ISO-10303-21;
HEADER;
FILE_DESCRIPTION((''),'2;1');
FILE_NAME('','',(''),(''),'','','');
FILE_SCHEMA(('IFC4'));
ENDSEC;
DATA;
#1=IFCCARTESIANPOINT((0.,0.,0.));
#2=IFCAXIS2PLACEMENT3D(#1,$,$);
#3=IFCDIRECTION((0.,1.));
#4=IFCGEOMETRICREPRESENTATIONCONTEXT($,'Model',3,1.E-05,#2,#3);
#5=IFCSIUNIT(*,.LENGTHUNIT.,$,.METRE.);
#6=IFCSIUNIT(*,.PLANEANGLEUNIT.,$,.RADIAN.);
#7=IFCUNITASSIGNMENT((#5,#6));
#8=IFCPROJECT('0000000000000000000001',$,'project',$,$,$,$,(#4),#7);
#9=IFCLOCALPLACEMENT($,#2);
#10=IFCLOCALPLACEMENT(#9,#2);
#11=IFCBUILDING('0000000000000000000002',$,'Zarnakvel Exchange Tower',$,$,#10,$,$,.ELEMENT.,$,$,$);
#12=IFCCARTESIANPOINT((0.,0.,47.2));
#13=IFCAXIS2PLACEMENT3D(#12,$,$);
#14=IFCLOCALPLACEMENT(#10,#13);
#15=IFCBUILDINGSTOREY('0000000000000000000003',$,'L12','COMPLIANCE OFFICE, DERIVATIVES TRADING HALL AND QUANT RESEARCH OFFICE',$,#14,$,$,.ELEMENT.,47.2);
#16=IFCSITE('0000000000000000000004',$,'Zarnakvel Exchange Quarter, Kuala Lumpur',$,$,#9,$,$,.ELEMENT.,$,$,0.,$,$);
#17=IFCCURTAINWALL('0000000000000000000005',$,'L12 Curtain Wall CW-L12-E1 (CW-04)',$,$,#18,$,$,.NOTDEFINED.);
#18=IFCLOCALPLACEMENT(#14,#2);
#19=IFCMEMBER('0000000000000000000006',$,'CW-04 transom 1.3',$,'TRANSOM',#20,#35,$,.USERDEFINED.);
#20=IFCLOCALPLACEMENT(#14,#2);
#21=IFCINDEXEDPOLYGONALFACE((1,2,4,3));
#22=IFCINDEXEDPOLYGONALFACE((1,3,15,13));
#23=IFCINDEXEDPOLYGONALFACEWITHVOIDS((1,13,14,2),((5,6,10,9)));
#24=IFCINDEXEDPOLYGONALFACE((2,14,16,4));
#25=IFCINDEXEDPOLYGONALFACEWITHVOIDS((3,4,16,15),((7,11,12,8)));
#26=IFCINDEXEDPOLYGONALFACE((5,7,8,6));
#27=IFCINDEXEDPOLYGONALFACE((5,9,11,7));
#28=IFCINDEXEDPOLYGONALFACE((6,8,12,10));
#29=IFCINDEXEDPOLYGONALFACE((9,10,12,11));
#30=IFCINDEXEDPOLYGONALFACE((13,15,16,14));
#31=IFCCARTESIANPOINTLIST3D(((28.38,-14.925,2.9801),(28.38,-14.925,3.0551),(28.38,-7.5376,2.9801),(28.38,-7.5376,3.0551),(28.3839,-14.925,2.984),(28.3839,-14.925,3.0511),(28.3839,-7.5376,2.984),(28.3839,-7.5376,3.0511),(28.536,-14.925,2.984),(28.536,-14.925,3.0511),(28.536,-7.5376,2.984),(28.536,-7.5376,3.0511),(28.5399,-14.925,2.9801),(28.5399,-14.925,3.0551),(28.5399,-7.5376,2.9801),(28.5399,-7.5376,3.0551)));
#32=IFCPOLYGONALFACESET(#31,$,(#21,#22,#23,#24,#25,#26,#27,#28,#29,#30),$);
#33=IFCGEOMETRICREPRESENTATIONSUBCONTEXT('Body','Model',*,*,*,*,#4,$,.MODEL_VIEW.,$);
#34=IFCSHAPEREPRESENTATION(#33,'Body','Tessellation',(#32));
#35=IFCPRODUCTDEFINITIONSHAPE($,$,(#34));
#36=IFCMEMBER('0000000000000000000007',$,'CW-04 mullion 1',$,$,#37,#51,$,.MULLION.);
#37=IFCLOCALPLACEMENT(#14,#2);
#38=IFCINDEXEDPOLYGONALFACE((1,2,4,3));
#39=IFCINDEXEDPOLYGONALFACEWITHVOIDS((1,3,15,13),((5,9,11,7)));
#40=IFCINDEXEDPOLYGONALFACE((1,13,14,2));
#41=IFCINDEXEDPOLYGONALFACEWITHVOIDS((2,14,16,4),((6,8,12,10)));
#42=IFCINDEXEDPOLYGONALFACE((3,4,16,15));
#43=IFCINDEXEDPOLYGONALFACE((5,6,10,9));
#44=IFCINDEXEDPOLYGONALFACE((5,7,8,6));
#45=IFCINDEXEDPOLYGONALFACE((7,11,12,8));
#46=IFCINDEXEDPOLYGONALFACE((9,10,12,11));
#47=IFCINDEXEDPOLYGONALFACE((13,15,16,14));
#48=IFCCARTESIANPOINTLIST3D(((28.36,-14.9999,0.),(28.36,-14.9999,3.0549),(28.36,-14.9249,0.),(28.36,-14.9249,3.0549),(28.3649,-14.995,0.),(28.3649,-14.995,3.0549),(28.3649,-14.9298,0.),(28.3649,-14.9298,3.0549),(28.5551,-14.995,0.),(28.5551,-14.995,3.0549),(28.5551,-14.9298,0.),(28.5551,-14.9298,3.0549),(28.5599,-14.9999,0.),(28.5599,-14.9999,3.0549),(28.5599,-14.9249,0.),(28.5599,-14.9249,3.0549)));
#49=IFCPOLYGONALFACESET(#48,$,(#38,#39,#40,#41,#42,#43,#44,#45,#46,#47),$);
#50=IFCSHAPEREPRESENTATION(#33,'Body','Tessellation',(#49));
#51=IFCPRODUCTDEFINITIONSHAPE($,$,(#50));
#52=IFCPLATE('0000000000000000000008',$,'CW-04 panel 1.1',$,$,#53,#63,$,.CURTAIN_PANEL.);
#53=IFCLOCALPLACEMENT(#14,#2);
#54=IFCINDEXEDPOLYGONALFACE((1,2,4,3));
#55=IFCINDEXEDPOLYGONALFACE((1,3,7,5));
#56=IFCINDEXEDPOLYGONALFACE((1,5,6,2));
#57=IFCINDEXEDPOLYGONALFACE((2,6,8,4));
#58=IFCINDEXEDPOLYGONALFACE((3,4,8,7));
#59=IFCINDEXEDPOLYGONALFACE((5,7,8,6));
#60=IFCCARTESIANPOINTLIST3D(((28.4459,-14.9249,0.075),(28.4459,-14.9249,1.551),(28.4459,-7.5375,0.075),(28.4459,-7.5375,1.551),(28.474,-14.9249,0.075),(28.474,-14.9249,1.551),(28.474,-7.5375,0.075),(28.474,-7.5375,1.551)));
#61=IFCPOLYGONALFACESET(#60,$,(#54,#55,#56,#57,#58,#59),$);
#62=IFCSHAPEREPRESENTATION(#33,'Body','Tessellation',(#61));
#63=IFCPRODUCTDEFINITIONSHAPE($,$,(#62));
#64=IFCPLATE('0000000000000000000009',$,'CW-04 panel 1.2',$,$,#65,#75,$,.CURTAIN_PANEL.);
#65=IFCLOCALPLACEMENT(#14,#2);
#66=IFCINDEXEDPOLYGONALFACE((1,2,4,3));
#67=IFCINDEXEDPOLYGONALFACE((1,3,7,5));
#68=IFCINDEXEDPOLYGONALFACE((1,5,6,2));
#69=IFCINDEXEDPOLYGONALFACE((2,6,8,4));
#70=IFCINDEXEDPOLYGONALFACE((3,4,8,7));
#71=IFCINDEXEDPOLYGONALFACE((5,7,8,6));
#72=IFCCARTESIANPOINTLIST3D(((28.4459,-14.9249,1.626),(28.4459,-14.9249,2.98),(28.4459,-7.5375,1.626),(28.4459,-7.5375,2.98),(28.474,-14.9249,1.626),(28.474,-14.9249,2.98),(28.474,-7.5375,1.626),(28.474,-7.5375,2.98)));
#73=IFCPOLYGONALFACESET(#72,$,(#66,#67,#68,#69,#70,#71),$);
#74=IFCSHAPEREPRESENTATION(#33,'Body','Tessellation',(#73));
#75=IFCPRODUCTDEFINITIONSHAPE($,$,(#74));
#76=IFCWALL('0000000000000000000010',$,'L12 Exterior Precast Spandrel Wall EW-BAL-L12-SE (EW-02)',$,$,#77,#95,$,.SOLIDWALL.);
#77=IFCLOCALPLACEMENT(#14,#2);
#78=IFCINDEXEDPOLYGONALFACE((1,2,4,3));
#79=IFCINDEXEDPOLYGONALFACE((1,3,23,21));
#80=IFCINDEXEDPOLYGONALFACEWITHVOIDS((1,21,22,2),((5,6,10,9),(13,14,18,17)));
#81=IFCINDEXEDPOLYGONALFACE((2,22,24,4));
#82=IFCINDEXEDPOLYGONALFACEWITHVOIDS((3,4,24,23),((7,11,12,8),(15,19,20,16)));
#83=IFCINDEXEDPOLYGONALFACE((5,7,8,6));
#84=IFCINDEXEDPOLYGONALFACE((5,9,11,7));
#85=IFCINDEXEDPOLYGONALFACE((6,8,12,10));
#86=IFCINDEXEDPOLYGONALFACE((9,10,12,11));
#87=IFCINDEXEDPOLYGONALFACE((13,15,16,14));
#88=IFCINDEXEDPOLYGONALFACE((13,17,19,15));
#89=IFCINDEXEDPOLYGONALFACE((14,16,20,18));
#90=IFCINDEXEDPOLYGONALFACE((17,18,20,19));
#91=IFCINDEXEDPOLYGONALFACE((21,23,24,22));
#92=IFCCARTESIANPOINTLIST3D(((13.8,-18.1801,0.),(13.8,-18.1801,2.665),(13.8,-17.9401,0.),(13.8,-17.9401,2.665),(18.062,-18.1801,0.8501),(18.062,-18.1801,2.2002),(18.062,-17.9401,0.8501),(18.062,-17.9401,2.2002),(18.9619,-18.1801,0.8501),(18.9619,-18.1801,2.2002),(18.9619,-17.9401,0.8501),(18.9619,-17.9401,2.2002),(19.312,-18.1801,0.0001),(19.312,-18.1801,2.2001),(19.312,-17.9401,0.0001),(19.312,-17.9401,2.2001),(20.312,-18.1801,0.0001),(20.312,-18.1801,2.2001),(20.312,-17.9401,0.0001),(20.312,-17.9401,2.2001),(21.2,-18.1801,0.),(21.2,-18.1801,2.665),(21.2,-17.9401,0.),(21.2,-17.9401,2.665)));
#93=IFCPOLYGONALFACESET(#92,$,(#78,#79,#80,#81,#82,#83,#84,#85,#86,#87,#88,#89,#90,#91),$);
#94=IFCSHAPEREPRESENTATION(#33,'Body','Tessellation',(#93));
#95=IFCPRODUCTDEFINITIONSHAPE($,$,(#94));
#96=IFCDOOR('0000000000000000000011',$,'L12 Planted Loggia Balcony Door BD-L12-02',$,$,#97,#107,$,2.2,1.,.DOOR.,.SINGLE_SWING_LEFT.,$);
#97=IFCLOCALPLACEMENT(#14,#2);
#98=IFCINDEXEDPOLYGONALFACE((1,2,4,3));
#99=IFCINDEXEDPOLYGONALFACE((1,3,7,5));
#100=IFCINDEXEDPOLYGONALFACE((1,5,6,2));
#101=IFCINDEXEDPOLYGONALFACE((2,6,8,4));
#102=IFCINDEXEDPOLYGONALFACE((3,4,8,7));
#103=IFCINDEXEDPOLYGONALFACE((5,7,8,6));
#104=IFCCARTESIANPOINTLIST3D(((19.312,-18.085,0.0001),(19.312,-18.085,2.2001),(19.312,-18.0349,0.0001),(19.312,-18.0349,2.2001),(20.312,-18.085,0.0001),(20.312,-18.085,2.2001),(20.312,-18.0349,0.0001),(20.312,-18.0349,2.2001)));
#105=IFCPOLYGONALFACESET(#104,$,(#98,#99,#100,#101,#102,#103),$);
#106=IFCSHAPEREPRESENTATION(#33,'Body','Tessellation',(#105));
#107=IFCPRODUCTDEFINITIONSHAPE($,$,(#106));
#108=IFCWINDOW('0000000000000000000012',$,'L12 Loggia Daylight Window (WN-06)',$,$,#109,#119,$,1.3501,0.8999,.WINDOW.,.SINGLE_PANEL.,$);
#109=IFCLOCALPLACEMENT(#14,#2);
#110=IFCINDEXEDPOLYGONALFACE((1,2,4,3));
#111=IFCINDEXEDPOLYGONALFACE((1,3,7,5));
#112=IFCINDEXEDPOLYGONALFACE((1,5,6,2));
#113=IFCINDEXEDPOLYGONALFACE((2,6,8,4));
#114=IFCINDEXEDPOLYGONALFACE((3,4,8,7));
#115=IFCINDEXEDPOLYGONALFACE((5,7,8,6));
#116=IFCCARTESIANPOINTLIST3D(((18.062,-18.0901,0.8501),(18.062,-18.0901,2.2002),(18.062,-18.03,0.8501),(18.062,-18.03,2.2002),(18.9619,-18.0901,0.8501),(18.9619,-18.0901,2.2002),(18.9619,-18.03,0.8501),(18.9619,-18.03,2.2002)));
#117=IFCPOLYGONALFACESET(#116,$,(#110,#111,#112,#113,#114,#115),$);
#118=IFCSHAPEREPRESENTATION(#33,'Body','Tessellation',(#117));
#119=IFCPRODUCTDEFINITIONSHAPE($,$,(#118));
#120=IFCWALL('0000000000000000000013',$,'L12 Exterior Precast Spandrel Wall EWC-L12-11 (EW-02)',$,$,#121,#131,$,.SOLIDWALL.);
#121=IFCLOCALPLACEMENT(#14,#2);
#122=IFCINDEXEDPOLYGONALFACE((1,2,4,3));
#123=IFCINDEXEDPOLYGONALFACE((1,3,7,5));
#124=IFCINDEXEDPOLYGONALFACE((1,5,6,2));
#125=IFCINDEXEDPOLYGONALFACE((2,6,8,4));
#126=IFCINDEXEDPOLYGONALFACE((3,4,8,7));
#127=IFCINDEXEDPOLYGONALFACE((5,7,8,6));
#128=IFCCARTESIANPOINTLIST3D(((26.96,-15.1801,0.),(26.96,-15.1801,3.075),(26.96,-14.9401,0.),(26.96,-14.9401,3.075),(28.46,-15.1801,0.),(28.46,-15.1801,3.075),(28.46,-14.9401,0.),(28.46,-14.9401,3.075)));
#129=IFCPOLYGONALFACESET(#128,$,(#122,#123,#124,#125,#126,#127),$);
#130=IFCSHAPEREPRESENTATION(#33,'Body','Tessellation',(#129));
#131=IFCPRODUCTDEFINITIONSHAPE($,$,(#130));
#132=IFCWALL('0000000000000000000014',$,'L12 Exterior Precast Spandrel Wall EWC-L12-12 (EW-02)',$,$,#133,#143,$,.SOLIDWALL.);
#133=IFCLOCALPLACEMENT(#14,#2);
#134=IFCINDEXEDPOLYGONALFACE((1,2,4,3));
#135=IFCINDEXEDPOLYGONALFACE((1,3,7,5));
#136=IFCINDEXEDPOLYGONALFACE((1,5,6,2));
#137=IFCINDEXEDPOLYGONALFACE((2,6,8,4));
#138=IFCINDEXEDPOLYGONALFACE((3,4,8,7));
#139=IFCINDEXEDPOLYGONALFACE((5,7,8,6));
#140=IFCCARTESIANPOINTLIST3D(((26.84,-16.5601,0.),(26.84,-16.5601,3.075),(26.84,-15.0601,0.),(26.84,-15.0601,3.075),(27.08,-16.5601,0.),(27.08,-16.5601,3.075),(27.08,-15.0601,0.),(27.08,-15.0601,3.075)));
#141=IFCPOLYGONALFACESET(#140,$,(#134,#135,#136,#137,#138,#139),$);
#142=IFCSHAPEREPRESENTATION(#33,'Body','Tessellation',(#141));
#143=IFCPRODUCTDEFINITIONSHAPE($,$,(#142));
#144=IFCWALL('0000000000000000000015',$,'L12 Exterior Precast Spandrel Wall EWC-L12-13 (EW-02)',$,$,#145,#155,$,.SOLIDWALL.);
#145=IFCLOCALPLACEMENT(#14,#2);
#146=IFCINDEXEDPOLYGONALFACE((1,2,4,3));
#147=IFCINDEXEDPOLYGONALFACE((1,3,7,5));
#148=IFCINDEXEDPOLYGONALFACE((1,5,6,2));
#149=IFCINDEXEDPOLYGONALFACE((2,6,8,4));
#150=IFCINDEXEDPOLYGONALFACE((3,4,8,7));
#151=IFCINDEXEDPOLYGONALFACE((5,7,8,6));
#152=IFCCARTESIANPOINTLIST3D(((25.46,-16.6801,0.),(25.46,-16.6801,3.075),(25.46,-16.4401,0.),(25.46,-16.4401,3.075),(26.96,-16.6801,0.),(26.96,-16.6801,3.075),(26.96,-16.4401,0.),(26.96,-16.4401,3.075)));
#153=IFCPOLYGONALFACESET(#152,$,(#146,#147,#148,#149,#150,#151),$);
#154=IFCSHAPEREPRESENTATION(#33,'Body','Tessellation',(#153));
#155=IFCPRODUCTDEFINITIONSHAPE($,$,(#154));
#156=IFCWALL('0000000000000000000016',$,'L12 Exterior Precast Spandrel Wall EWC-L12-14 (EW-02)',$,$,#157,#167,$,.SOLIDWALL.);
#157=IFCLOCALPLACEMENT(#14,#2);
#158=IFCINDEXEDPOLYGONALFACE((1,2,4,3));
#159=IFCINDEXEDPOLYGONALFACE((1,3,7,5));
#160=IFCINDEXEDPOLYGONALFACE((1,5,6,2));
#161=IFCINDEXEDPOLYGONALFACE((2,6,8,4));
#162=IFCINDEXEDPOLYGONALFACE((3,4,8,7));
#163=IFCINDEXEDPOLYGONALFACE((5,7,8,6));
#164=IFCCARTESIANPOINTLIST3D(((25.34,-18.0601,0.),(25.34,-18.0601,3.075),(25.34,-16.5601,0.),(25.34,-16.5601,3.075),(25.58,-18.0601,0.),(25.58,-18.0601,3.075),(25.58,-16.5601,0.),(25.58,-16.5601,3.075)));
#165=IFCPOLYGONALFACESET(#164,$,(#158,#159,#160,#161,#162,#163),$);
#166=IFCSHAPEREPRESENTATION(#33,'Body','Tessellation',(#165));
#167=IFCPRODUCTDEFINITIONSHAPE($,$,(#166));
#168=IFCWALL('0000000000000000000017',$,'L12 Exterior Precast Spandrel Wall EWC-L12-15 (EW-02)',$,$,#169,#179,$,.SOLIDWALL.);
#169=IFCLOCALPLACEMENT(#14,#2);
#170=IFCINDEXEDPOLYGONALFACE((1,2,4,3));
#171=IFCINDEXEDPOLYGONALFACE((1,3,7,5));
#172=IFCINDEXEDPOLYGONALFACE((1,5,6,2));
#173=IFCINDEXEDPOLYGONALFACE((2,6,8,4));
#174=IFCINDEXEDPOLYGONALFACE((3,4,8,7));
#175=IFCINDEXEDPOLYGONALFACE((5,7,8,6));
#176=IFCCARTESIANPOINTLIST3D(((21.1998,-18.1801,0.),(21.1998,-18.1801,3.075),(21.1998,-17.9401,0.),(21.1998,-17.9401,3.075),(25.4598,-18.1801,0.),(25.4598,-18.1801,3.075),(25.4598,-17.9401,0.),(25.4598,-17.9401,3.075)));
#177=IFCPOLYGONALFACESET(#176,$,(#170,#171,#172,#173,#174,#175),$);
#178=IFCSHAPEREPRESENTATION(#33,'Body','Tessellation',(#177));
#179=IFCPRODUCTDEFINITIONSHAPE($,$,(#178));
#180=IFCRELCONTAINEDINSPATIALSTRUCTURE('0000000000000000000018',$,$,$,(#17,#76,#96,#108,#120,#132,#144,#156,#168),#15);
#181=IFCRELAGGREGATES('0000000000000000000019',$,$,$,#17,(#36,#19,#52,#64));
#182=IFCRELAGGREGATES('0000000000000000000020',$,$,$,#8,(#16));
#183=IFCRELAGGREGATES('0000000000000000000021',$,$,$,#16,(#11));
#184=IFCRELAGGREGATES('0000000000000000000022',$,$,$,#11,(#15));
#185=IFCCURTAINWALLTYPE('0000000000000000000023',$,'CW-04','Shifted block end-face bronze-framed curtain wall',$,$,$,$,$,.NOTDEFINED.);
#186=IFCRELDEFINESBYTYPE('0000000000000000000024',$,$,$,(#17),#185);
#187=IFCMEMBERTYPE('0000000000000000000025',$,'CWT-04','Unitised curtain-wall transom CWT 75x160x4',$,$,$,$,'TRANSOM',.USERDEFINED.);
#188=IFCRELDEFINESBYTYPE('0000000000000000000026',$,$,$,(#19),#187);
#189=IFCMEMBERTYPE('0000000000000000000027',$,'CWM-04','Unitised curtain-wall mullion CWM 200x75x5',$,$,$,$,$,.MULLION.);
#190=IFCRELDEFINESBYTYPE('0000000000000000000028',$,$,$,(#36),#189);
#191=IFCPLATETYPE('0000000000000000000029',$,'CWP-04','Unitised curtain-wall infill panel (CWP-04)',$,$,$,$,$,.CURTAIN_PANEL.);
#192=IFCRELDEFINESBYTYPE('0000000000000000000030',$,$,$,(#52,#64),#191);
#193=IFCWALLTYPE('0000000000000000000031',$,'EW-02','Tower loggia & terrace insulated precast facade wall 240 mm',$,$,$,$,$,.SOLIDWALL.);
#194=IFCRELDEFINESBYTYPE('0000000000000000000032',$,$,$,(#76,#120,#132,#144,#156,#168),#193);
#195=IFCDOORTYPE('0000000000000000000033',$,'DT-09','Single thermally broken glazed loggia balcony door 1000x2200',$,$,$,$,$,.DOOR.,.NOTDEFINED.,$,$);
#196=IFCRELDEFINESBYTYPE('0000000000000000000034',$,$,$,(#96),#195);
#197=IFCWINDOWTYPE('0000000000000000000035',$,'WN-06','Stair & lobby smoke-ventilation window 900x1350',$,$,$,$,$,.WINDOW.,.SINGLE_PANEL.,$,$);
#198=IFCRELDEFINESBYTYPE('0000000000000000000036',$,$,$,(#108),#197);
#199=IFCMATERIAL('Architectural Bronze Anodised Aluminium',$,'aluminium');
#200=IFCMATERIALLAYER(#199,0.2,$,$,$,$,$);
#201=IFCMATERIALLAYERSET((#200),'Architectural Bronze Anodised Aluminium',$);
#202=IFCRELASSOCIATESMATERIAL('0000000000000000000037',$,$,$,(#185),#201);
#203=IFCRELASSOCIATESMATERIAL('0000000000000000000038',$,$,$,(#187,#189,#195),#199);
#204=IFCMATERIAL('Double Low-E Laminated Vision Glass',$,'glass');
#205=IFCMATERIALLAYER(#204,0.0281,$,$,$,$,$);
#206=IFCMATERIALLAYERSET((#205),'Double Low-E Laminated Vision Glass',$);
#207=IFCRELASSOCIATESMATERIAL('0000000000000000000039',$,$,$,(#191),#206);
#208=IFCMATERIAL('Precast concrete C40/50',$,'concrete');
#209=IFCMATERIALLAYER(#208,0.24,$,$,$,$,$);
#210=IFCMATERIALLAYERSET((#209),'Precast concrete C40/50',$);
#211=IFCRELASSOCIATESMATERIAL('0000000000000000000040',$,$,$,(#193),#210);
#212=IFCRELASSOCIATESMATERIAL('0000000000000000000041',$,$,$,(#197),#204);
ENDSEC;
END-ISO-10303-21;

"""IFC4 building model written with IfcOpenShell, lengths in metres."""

from ifc_helpers import new_model, si_unit, direction, frame, frame_2d, origin, origin_2d, place, context, subcontext, project, spatial, rectangle, hollow_rectangle, extrude, source, transform, mapped, material, layer, layer_set, material_profile, profile_set, type_object, element, fill, aggregate, save


model = new_model("IFC4")

# Units and contexts
model_context = context("Model", 3, precision=1e-05, world=origin(), true_north=direction((0.0, 1.0)))
body_context = subcontext(model_context, "Body", "Model", "MODEL_VIEW")
ifc_project = project(units=[si_unit("LENGTHUNIT", "METRE"), si_unit("PLANEANGLEUNIT", "RADIAN")], contexts=[model_context])

# Site, building, storey
site_placement = place(None, origin())
site = spatial("IfcSite", under=ifc_project, at=site_placement, Name="Zarnakvel Exchange Quarter, Kuala Lumpur", CompositionType="ELEMENT", RefElevation=0.0)
building_placement = place(site_placement, origin())
building = spatial("IfcBuilding", under=site, at=building_placement, Name="Zarnakvel Exchange Tower", CompositionType="ELEMENT")
storey_placement = place(building_placement, frame((0.0, 0.0, 47.2)))
storey = spatial("IfcBuildingStorey", under=building, at=storey_placement, Name="L12", Description="COMPLIANCE OFFICE, DERIVATIVES TRADING HALL AND QUANT RESEARCH OFFICE", CompositionType="ELEMENT", Elevation=47.2)

# Curtain wall, members, plates
ifc_material_1 = material(Name="Architectural Bronze Anodised Aluminium", Category="aluminium")
ifc_layer_1 = layer(ifc_material_1, 0.2)
ifc_layer_set_1 = layer_set([ifc_layer_1], Name="Architectural Bronze Anodised Aluminium")
curtain_wall_type = type_object("IfcCurtainWallType", Name="CW-04", Description="Shifted block end-face bronze-framed curtain wall", PredefinedType="NOTDEFINED", material=ifc_layer_set_1)
curtain_wall_placement = place(storey_placement, origin())
curtain_wall = element("IfcCurtainWall", 1, at=curtain_wall_placement, inside=storey, type_object=curtain_wall_type, Name="L12 Curtain Wall CW-L12-E1 (CW-04)", PredefinedType="NOTDEFINED")
ifc_material_profile_1 = material_profile(ifc_material_1, hollow_rectangle(XDim=0.1599, YDim=0.075, WallThickness=0.0039, at=origin_2d()))
ifc_profile_set_1 = profile_set([ifc_material_profile_1], Name="Architectural Bronze Anodised Aluminium")
member_type_1 = type_object("IfcMemberType", Name="CWT-04", Description="Unitised curtain-wall transom CWT 75x160x4", ElementType="TRANSOM", PredefinedType="USERDEFINED", material=ifc_profile_set_1)
shared_shape_1 = source(origin(), body_context, "Body", "SweptSolid", [
    extrude(hollow_rectangle(XDim=0.1599, YDim=0.075, WallThickness=0.0039, at=origin_2d()), origin(), (0.0, 0.0, 1.0), 7.3875),
])
member_1_placement = place(storey_placement, frame((28.46, -14.925, 3.0176), z_axis=(0.0, 1.0, 0.0), x_axis=(-1.0, 0.0, 0.0)))
member_1 = element("IfcMember", 2, at=member_1_placement, type_object=member_type_1, Name="CW-04 transom 1.3", ObjectType="TRANSOM", PredefinedType="USERDEFINED", context=body_context, shape_type="MappedRepresentation", body=[
    mapped(shared_shape_1, transform((0.0, 0.0, 0.0), x_axis=(1.0, 0.0, 0.0), y_axis=(0.0, 1.0, 0.0), z_axis=(0.0, 0.0, 1.0), scale=1.0)),
])
ifc_material_profile_2 = material_profile(ifc_material_1, hollow_rectangle(XDim=0.2, YDim=0.075, WallThickness=0.0049, at=origin_2d()))
ifc_profile_set_2 = profile_set([ifc_material_profile_2], Name="Architectural Bronze Anodised Aluminium")
member_type_2 = type_object("IfcMemberType", Name="CWM-04", Description="Unitised curtain-wall mullion CWM 200x75x5", PredefinedType="MULLION", material=ifc_profile_set_2)
shared_shape_2 = source(origin(), body_context, "Body", "SweptSolid", [
    extrude(hollow_rectangle(XDim=0.2, YDim=0.075, WallThickness=0.0049, at=origin_2d()), origin(), (0.0, 0.0, 1.0), 3.0549),
])
member_2_placement = place(storey_placement, frame((28.46, -14.9624, 0.0), z_axis=(0.0, 0.0, 1.0), x_axis=(-1.0, 0.0, 0.0)))
member_2 = element("IfcMember", 3, at=member_2_placement, type_object=member_type_2, Name="CW-04 mullion 1", PredefinedType="MULLION", context=body_context, shape_type="MappedRepresentation", body=[
    mapped(shared_shape_2, transform((0.0, 0.0, 0.0), x_axis=(1.0, 0.0, 0.0), y_axis=(0.0, 1.0, 0.0), z_axis=(0.0, 0.0, 1.0), scale=1.0)),
])
ifc_material_2 = material(Name="Double Low-E Laminated Vision Glass", Category="glass")
ifc_layer_2 = layer(ifc_material_2, 0.0281)
ifc_layer_set_2 = layer_set([ifc_layer_2], Name="Double Low-E Laminated Vision Glass")
plate_type = type_object("IfcPlateType", Name="CWP-04", Description="Unitised curtain-wall infill panel (CWP-04)", PredefinedType="CURTAIN_PANEL", material=ifc_layer_set_2)
shared_shape_3 = source(origin(), body_context, "Body", "SweptSolid", [
    extrude(rectangle(XDim=7.3875, YDim=0.0281, at=origin_2d()), origin(), (0.0, 0.0, 1.0), 1.4761),
])
plate_1_placement = place(storey_placement, frame((28.46, -11.2312, 0.075), z_axis=(0.0, 0.0, 1.0), x_axis=(0.0, 1.0, 0.0)))
plate_1 = element("IfcPlate", 4, at=plate_1_placement, type_object=plate_type, Name="CW-04 panel 1.1", PredefinedType="CURTAIN_PANEL", context=body_context, shape_type="MappedRepresentation", body=[
    mapped(shared_shape_3, transform((0.0, 0.0, 0.0), x_axis=(1.0, 0.0, 0.0), y_axis=(0.0, 1.0, 0.0), z_axis=(0.0, 0.0, 1.0), scale=1.0)),
])
shared_shape_4 = source(origin(), body_context, "Body", "SweptSolid", [
    extrude(rectangle(XDim=7.3875, YDim=0.0281, at=origin_2d()), origin(), (0.0, 0.0, 1.0), 1.354),
])
plate_2_placement = place(storey_placement, frame((28.46, -11.2312, 1.626), z_axis=(0.0, 0.0, 1.0), x_axis=(0.0, 1.0, 0.0)))
plate_2 = element("IfcPlate", 5, at=plate_2_placement, type_object=plate_type, Name="CW-04 panel 1.2", PredefinedType="CURTAIN_PANEL", context=body_context, shape_type="MappedRepresentation", body=[
    mapped(shared_shape_4, transform((0.0, 0.0, 0.0), x_axis=(1.0, 0.0, 0.0), y_axis=(0.0, 1.0, 0.0), z_axis=(0.0, 0.0, 1.0), scale=1.0)),
])
aggregate(curtain_wall, [member_2, member_1, plate_1, plate_2])

# Wall, openings, door, window
ifc_material_3 = material(Name="Precast concrete C40/50", Category="concrete")
ifc_layer_3 = layer(ifc_material_3, 0.24)
ifc_layer_set_3 = layer_set([ifc_layer_3], Name="Precast concrete C40/50")
wall_type_1 = type_object("IfcWallType", Name="EW-02", Description="Tower loggia & terrace insulated precast facade wall 240 mm", PredefinedType="SOLIDWALL", material=ifc_layer_set_3)
wall_1_placement = place(storey_placement, frame((21.2, -18.0601, 0.0), z_axis=(0.0, 0.0, 1.0), x_axis=(-1.0, 0.0, 0.0)))
wall_1 = element("IfcWall", 6, at=wall_1_placement, inside=storey, type_object=wall_type_1, Name="L12 Exterior Precast Spandrel Wall EW-BAL-L12-SE (EW-02)", PredefinedType="SOLIDWALL", context=body_context, shape_type="SweptSolid", body=[
    extrude(rectangle(XDim=7.3999, YDim=0.24, at=frame_2d((3.7, 0.0))), origin(), (0.0, 0.0, 1.0), 2.665),
])
opening_1_placement = place(wall_1_placement, frame((0.8879, 0.0, 0.0)))
opening_1 = element("IfcOpeningElement", 7, at=opening_1_placement, cuts=wall_1, PredefinedType="OPENING", context=body_context, shape_type="SweptSolid", body=[
    extrude(rectangle(XDim=1.0, YDim=2.2, at=frame_2d((0.5, 1.1001))), frame((0.0, 0.1299, 0.0), z_axis=(0.0, -1.0, 0.0), x_axis=(1.0, 0.0, 0.0)), (0.0, 0.0, 1.0), 0.26),
])
opening_2_placement = place(wall_1_placement, frame((2.238, 0.0, 0.8501)))
opening_2 = element("IfcOpeningElement", 8, at=opening_2_placement, cuts=wall_1, PredefinedType="OPENING", context=body_context, shape_type="SweptSolid", body=[
    extrude(rectangle(XDim=0.8999, YDim=1.3501, at=frame_2d((0.45, 0.675))), frame((0.0, 0.1299, 0.0), z_axis=(0.0, -1.0, 0.0), x_axis=(1.0, 0.0, 0.0)), (0.0, 0.0, 1.0), 0.26),
])
door_type = type_object("IfcDoorType", Name="DT-09", Description="Single thermally broken glazed loggia balcony door 1000x2200", OperationType="NOTDEFINED", PredefinedType="DOOR", material=ifc_material_1)
shared_shape_5 = source(origin(), body_context, "Body", "SweptSolid", [
    extrude(rectangle(XDim=1.0, YDim=2.2, at=frame_2d((0.5, 1.1001))), frame((0.0, 0.0249, 0.0), z_axis=(0.0, -1.0, 0.0), x_axis=(1.0, 0.0, 0.0)), (0.0, 0.0, 1.0), 0.05),
])
door_placement = place(opening_1_placement, origin())
door = element("IfcDoor", 9, at=door_placement, inside=storey, type_object=door_type, Name="L12 Planted Loggia Balcony Door BD-L12-02", OperationType="SINGLE_SWING_LEFT", OverallHeight=2.2, OverallWidth=1.0, PredefinedType="DOOR", context=body_context, shape_type="MappedRepresentation", body=[
    mapped(shared_shape_5, transform((0.0, 0.0, 0.0), x_axis=(1.0, 0.0, 0.0), y_axis=(0.0, 1.0, 0.0), z_axis=(0.0, 0.0, 1.0), scale=1.0)),
])
fill(opening_1, door)
window_type = type_object("IfcWindowType", Name="WN-06", Description="Stair & lobby smoke-ventilation window 900x1350", PartitioningType="SINGLE_PANEL", PredefinedType="WINDOW", material=ifc_material_2)
shared_shape_6 = source(origin(), body_context, "Body", "SweptSolid", [
    extrude(rectangle(XDim=0.8999, YDim=1.3501, at=frame_2d((0.45, 0.675))), frame((0.0, 0.03, 0.0), z_axis=(0.0, -1.0, 0.0), x_axis=(1.0, 0.0, 0.0)), (0.0, 0.0, 1.0), 0.0601),
])
window_placement = place(opening_2_placement, origin())
window = element("IfcWindow", 10, at=window_placement, inside=storey, type_object=window_type, Name="L12 Loggia Daylight Window (WN-06)", OverallHeight=1.3501, OverallWidth=0.8999, PartitioningType="SINGLE_PANEL", PredefinedType="WINDOW", context=body_context, shape_type="MappedRepresentation", body=[
    mapped(shared_shape_6, transform((0.0, 0.0, 0.0), x_axis=(1.0, 0.0, 0.0), y_axis=(0.0, 1.0, 0.0), z_axis=(0.0, 0.0, 1.0), scale=1.0)),
])
fill(opening_2, window)

# Walls
for number, where, z_axis, x_axis, name in (
    (11, (26.96, -15.0601, 0.0), (0.0, 0.0, 1.0), (1.0, 0.0, 0.0), "L12 Exterior Precast Spandrel Wall EWC-L12-11 (EW-02)"),
    (12, (26.96, -16.5601, 0.0), (0.0, 0.0, 1.0), (0.0, 1.0, 0.0), "L12 Exterior Precast Spandrel Wall EWC-L12-12 (EW-02)"),
    (13, (25.46, -16.5601, 0.0), (0.0, 0.0, 1.0), (1.0, 0.0, 0.0), "L12 Exterior Precast Spandrel Wall EWC-L12-13 (EW-02)"),
    (14, (25.46, -18.0601, 0.0), (0.0, 0.0, 1.0), (0.0, 1.0, 0.0), "L12 Exterior Precast Spandrel Wall EWC-L12-14 (EW-02)"),
):
    element("IfcWall", number, at=place(storey_placement, frame(where, z_axis=z_axis, x_axis=x_axis)), inside=storey, type_object=wall_type_1, Name=name, PredefinedType="SOLIDWALL", context=body_context, shape_type="SweptSolid", body=[
        extrude(rectangle(XDim=1.5, YDim=0.24, at=frame_2d((0.75, 0.0))), origin(), (0.0, 0.0, 1.0), 3.075),
    ])
wall_2_placement = place(storey_placement, frame((21.2, -18.0601, 0.0), z_axis=(0.0, 0.0, 1.0), x_axis=(1.0, 0.0, 0.0)))
element("IfcWall", 15, at=wall_2_placement, inside=storey, type_object=wall_type_1, Name="L12 Exterior Precast Spandrel Wall EWC-L12-15 (EW-02)", PredefinedType="SOLIDWALL", context=body_context, shape_type="SweptSolid", body=[
    extrude(rectangle(XDim=4.26, YDim=0.24, at=frame_2d((2.1299, 0.0))), origin(), (0.0, 0.0, 1.0), 3.075),
])

save(model, "model.ifc")
